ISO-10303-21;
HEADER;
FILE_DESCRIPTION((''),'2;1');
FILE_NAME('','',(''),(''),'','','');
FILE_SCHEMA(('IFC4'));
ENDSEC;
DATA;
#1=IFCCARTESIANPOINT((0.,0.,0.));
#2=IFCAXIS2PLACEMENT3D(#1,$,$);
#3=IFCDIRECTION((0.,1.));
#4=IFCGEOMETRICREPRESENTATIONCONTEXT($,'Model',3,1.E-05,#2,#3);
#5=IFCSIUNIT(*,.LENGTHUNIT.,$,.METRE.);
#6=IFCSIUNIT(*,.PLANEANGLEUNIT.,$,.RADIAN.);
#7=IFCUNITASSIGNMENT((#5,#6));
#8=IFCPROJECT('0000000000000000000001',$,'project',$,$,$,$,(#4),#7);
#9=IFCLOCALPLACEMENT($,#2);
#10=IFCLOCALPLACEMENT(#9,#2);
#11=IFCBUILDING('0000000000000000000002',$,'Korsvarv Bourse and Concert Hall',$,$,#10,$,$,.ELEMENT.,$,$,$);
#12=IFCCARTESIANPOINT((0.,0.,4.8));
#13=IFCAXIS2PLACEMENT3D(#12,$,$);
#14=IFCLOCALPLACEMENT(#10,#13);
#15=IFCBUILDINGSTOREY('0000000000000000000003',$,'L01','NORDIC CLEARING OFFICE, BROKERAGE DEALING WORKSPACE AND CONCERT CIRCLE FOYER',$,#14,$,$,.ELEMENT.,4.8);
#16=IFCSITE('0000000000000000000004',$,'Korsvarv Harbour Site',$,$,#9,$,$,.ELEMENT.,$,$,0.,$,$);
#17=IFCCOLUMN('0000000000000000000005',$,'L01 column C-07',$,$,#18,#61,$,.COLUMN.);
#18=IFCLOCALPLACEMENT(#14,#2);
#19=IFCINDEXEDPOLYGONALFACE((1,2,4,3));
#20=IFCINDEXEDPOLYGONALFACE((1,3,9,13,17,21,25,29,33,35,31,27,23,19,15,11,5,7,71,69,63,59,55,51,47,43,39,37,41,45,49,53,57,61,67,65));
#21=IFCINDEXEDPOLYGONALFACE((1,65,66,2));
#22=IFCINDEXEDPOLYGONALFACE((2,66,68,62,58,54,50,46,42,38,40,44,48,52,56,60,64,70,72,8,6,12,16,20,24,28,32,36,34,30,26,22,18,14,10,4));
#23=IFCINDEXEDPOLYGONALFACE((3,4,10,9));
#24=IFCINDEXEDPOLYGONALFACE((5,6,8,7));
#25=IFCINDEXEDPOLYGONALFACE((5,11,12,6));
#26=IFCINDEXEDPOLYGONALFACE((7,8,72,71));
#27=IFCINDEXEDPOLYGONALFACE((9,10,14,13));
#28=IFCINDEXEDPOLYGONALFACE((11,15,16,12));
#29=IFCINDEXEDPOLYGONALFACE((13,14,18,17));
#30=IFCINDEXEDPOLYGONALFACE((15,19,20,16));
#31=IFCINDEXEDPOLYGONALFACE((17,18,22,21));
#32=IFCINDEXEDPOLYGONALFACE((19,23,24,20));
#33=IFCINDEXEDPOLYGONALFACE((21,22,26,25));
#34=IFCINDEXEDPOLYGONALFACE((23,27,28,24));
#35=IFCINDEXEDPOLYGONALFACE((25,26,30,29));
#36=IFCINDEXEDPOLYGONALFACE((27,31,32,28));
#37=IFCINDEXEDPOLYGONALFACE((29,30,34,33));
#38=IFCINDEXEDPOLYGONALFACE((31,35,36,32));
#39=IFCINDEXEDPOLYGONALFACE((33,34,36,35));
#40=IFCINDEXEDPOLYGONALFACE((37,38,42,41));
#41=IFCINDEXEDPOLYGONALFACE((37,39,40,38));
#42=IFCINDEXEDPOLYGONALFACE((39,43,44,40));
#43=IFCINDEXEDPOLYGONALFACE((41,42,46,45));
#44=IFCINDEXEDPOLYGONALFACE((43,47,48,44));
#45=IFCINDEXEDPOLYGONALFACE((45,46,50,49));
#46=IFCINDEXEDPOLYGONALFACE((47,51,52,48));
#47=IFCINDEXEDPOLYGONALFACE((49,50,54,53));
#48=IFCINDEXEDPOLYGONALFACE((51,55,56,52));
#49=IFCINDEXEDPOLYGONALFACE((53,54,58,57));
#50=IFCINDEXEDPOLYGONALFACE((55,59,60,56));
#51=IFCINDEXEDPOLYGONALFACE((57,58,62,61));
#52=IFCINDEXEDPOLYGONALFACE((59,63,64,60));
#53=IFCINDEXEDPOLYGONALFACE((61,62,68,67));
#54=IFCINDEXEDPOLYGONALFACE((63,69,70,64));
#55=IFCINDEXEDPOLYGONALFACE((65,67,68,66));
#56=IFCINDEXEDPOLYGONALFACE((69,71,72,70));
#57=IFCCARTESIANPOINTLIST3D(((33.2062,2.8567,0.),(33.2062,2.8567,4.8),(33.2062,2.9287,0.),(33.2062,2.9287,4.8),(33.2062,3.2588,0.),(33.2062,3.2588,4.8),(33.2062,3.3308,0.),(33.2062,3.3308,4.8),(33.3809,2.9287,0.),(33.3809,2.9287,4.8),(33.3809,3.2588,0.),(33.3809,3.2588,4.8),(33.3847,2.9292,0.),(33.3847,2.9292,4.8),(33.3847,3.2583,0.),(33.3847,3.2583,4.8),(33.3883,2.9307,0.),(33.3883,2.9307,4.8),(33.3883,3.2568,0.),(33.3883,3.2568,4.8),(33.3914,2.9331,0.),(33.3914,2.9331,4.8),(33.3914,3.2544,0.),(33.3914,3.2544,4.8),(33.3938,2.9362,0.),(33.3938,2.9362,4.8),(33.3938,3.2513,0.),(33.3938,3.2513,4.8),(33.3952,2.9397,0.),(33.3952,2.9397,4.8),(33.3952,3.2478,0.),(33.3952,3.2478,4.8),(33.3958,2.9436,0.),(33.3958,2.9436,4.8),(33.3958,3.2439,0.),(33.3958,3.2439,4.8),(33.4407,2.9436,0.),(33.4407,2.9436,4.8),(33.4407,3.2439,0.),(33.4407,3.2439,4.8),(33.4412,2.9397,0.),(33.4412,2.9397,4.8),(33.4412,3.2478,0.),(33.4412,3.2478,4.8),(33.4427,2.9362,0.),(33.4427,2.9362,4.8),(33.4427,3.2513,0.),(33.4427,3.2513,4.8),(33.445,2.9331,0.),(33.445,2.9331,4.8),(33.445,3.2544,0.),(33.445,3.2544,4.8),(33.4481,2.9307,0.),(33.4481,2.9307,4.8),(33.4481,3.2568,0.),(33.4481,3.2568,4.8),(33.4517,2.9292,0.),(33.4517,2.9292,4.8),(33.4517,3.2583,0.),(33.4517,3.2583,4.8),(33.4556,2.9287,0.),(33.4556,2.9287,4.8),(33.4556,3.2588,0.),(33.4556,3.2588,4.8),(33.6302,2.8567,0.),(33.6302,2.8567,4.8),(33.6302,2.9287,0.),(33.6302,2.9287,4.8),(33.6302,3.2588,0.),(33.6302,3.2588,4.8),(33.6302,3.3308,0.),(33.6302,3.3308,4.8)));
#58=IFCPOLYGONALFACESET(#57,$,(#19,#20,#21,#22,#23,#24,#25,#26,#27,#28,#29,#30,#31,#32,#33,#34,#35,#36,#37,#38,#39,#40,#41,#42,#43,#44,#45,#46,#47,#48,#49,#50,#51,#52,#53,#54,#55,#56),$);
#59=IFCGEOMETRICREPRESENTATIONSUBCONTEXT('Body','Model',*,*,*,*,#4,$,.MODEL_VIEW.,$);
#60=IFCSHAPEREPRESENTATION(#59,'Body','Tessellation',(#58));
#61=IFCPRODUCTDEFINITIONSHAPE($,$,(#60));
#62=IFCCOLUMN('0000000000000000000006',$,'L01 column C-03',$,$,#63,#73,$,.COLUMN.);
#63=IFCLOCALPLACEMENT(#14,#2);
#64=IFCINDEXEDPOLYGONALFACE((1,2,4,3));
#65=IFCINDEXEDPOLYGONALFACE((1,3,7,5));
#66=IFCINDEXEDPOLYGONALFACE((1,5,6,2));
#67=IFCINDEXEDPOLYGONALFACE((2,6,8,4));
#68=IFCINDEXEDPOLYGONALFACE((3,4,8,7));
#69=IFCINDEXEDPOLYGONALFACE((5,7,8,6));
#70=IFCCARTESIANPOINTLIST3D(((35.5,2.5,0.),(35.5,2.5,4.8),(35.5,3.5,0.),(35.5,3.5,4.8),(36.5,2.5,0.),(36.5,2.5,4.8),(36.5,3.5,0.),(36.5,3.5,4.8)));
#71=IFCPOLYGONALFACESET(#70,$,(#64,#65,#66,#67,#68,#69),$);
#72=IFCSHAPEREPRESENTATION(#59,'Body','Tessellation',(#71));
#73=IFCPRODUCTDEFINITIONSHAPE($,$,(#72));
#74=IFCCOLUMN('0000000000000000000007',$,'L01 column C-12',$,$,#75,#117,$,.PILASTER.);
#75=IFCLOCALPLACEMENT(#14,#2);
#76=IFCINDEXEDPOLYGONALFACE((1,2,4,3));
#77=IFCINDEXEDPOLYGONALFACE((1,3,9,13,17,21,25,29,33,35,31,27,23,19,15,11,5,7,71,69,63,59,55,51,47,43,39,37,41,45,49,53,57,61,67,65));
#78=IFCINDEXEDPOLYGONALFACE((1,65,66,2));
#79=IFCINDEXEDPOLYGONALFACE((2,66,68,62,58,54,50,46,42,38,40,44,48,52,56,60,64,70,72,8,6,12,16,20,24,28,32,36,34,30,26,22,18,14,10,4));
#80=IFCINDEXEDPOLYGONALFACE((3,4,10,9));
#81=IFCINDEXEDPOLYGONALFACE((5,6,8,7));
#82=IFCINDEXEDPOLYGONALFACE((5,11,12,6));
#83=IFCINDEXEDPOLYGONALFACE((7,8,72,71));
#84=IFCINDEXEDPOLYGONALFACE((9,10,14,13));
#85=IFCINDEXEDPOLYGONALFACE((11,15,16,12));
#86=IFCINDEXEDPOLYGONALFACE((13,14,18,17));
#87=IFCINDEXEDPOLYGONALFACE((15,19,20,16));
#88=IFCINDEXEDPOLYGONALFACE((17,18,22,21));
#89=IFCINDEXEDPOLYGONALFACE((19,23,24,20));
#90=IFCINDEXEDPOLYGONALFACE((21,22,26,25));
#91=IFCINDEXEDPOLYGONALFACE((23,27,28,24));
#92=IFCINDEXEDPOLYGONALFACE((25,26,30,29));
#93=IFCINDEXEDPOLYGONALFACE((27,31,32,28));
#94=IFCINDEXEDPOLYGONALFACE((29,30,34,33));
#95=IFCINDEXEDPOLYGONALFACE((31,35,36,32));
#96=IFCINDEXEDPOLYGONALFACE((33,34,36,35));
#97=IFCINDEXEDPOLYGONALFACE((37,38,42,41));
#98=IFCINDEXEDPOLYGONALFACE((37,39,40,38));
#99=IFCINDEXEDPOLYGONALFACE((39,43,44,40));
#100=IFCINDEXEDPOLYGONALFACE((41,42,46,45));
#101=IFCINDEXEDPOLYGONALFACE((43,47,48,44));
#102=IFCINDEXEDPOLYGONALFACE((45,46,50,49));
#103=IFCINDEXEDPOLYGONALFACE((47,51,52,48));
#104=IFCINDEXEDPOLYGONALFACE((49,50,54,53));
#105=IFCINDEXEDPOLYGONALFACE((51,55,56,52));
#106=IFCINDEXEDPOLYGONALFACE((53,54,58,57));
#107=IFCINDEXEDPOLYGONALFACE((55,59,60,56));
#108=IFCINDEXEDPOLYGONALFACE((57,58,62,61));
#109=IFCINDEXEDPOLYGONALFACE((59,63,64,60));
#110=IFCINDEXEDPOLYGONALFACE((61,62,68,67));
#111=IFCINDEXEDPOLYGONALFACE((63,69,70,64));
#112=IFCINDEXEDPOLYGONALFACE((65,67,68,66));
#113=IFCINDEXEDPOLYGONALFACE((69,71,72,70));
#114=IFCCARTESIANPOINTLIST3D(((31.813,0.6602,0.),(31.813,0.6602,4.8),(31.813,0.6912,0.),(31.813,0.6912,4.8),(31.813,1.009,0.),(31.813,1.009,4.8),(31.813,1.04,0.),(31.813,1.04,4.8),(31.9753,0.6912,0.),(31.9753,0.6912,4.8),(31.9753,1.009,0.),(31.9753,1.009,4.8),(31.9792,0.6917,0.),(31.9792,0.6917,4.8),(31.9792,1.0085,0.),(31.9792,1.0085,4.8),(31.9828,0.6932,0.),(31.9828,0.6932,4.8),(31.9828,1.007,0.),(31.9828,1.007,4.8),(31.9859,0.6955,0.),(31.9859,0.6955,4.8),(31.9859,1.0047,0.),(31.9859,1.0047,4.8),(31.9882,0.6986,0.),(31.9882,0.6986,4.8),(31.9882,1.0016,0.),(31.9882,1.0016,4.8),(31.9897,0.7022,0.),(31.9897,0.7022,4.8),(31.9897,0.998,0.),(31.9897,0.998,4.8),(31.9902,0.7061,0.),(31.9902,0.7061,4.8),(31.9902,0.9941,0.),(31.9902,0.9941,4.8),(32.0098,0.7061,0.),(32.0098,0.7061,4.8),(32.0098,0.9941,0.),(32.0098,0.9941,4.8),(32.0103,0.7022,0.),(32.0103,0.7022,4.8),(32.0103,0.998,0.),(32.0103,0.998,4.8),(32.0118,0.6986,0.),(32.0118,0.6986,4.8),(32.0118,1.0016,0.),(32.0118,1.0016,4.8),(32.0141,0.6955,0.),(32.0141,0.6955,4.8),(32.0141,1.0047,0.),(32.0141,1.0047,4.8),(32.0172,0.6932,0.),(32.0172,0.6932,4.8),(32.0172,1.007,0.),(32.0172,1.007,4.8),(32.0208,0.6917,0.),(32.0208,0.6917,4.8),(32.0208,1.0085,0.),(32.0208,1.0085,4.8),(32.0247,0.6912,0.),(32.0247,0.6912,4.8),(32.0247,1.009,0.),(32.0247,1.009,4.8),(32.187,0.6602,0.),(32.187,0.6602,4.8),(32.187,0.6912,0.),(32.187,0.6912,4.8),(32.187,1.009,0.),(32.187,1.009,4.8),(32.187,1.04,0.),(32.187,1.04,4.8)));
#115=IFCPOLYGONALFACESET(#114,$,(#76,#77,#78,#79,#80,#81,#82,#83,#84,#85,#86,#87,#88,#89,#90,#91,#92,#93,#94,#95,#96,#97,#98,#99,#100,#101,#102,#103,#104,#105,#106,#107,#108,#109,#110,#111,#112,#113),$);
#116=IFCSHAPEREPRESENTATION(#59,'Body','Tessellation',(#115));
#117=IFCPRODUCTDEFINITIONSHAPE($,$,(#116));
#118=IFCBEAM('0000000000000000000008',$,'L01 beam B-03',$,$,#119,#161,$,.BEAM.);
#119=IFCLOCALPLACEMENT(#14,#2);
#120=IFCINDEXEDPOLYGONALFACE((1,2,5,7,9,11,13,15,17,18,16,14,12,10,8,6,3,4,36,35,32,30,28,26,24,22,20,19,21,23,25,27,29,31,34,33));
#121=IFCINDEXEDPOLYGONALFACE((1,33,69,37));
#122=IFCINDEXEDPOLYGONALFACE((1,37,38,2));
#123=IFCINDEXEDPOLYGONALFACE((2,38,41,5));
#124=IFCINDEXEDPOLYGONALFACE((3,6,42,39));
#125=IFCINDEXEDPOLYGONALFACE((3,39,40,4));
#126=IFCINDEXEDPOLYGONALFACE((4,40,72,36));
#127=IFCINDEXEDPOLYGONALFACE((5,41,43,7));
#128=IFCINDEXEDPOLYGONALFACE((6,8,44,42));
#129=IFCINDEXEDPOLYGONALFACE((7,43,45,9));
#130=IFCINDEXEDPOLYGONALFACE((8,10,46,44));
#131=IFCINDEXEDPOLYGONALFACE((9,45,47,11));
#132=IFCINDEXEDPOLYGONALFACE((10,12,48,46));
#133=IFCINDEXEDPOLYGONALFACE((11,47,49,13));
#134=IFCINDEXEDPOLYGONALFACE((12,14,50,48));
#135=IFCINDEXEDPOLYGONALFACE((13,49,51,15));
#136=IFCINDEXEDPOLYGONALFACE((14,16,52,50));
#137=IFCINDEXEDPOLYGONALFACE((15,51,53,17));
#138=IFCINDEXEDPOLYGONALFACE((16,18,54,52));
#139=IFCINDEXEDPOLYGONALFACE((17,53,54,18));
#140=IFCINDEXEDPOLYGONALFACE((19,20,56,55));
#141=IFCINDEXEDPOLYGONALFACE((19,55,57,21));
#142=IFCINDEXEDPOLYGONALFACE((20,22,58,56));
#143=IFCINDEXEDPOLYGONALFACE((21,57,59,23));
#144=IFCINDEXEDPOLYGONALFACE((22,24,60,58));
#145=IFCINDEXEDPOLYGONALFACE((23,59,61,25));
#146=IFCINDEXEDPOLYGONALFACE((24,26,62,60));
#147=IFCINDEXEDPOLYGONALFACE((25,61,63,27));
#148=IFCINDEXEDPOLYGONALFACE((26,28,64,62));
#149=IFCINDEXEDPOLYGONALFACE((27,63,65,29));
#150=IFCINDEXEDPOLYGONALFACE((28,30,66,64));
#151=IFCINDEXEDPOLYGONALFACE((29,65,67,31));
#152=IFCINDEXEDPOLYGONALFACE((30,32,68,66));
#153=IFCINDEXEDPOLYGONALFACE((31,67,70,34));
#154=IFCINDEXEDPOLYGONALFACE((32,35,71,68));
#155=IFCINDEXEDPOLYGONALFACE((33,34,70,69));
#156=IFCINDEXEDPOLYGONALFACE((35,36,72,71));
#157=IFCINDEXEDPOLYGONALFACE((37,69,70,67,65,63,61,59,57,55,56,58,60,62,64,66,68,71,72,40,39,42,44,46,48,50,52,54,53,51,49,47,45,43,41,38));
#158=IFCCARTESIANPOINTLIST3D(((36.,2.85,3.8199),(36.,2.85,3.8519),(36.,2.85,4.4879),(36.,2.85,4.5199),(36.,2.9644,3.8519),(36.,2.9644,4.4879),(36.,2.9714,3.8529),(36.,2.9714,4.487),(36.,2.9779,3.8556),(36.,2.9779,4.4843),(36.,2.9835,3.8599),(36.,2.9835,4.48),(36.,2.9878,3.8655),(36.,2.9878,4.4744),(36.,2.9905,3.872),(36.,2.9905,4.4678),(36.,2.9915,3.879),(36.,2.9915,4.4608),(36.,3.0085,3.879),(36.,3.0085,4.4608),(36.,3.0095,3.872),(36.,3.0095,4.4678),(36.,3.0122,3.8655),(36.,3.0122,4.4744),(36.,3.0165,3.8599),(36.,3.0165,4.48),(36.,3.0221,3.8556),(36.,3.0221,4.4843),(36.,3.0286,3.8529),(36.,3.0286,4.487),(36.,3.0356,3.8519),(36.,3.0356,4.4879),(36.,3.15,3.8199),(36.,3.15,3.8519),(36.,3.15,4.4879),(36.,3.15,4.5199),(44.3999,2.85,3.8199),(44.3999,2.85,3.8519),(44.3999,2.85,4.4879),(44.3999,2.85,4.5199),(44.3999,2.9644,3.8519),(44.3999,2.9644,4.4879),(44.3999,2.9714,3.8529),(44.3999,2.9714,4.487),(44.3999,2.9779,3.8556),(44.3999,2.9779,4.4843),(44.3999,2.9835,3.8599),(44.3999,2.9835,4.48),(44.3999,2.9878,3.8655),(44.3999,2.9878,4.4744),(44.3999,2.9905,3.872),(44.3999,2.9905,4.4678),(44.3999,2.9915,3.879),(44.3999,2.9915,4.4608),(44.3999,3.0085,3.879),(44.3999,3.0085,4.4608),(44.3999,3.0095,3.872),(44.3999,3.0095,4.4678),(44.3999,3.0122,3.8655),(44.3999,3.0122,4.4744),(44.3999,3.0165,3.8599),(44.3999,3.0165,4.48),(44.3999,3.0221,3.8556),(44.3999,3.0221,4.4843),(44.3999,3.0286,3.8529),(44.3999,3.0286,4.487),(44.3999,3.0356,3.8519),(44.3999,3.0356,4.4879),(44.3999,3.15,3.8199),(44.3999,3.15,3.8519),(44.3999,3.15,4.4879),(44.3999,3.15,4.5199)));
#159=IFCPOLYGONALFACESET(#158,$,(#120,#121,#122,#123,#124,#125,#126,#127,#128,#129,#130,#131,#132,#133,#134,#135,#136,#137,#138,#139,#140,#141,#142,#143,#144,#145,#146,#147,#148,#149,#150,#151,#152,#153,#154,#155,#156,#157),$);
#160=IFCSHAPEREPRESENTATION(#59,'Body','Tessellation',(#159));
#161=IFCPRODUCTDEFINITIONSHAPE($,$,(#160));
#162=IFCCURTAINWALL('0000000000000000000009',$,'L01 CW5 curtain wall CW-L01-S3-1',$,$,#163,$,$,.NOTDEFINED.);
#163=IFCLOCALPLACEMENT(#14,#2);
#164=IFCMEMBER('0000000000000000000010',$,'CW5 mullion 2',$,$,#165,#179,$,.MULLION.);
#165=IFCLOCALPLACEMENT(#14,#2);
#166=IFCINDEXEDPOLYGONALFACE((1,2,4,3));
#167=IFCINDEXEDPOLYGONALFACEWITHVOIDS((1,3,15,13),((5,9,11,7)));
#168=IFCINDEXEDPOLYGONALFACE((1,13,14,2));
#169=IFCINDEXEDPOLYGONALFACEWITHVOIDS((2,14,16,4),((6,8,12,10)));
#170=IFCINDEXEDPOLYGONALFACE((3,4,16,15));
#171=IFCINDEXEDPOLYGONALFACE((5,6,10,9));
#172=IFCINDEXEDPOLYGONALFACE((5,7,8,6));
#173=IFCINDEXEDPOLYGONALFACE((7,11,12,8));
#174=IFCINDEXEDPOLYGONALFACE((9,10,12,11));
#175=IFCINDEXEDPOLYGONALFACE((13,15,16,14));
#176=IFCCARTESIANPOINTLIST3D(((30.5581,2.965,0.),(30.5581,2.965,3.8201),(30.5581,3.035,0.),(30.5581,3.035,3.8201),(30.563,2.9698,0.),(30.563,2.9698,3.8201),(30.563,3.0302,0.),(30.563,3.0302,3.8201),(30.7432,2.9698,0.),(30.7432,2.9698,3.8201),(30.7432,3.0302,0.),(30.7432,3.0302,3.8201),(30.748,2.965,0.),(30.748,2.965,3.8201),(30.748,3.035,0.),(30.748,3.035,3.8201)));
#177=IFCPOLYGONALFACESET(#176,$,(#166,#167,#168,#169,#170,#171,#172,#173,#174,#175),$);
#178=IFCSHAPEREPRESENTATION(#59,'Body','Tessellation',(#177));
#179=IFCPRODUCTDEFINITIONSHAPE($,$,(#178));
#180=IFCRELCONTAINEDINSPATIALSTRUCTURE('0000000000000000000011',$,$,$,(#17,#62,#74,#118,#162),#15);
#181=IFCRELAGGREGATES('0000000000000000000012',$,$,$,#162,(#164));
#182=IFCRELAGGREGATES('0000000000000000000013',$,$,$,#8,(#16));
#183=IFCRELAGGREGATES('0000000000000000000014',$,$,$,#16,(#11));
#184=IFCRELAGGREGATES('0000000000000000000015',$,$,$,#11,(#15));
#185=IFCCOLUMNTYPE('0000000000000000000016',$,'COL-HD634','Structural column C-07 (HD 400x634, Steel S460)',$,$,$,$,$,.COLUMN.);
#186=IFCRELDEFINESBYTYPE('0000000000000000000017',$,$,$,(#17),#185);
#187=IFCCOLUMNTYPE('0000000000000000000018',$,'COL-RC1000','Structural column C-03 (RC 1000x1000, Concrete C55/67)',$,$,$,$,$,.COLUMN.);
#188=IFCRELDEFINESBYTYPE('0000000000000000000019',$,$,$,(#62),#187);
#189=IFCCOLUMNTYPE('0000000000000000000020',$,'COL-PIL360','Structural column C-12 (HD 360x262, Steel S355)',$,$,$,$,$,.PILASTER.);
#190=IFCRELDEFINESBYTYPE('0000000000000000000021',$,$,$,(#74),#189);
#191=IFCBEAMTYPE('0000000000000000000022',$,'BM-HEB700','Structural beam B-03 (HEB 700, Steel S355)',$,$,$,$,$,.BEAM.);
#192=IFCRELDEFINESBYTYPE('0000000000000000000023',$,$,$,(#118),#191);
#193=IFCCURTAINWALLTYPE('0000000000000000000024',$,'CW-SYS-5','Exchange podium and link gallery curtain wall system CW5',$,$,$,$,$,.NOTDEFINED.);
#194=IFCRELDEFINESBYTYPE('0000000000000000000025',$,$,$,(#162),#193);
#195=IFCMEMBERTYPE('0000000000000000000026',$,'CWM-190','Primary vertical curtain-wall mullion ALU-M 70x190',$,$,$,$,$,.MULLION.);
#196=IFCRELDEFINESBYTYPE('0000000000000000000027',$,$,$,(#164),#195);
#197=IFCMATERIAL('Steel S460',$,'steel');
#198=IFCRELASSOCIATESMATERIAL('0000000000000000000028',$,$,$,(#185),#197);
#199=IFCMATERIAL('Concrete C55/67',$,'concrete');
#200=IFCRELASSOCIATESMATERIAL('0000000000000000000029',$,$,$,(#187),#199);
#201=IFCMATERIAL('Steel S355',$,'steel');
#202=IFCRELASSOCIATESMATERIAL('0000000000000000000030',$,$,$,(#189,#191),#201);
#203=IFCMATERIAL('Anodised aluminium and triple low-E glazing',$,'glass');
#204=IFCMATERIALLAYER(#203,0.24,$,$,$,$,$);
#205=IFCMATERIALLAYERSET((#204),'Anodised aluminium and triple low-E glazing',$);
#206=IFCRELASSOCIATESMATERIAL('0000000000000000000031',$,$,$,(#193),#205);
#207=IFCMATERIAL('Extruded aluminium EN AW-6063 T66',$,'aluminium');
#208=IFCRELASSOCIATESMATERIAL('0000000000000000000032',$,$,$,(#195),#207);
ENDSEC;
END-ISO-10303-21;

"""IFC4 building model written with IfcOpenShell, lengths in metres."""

from ifc_helpers import new_model, si_unit, direction, frame, origin, origin_2d, place, context, subcontext, project, spatial, rectangle, hollow_rectangle, i_section, extrude, source, transform, mapped, material, layer, layer_set, material_profile, profile_set, type_object, element, aggregate, save


model = new_model("IFC4")

# Units and contexts
model_context = context("Model", 3, precision=1e-05, world=origin(), true_north=direction((0.0, 1.0)))
body_context = subcontext(model_context, "Body", "Model", "MODEL_VIEW")
ifc_project = project(units=[si_unit("LENGTHUNIT", "METRE"), si_unit("PLANEANGLEUNIT", "RADIAN")], contexts=[model_context])

# Site, building, storey
site_placement = place(None, origin())
site = spatial("IfcSite", under=ifc_project, at=site_placement, Name="Korsvarv Harbour Site", CompositionType="ELEMENT", RefElevation=0.0)
building_placement = place(site_placement, origin())
building = spatial("IfcBuilding", under=site, at=building_placement, Name="Korsvarv Bourse and Concert Hall", CompositionType="ELEMENT")
storey_placement = place(building_placement, frame((0.0, 0.0, 4.8)))
storey = spatial("IfcBuildingStorey", under=building, at=storey_placement, Name="L01", Description="NORDIC CLEARING OFFICE, BROKERAGE DEALING WORKSPACE AND CONCERT CIRCLE FOYER", CompositionType="ELEMENT", Elevation=4.8)

# Columns
ifc_material_1 = material(Name="Steel S460", Category="steel")
ifc_material_profile_1 = material_profile(ifc_material_1, i_section(OverallWidth=0.4241, OverallDepth=0.4741, WebThickness=0.0449, FlangeThickness=0.072, FilletRadius=0.0149, at=origin_2d()), Name="HD 400x634")
ifc_profile_set_1 = profile_set([ifc_material_profile_1], Name="Steel S460")
column_type_1 = type_object("IfcColumnType", Name="COL-HD634", Description="Structural column C-07 (HD 400x634, Steel S460)", PredefinedType="COLUMN", material=ifc_profile_set_1)
shared_shape_1 = source(origin(), body_context, "Body", "SweptSolid", [
    extrude(i_section(OverallWidth=0.4241, OverallDepth=0.4741, WebThickness=0.0449, FlangeThickness=0.072, FilletRadius=0.0149, at=origin_2d()), origin(), (0.0, 0.0, 1.0), 4.8),
])
column_1_placement = place(storey_placement, frame((33.4182, 3.0938, 0.0), z_axis=(0.0, 0.0, 1.0), x_axis=(1.0, 0.0, 0.0)))
element("IfcColumn", 1, at=column_1_placement, inside=storey, type_object=column_type_1, Name="L01 column C-07", PredefinedType="COLUMN", context=body_context, shape_type="MappedRepresentation", body=[
    mapped(shared_shape_1, transform((0.0, 0.0, 0.0), scale=1.0)),
])
ifc_material_2 = material(Name="Concrete C55/67", Category="concrete")
ifc_material_profile_2 = material_profile(ifc_material_2, rectangle(XDim=1.0, YDim=1.0, at=origin_2d()), Name="RC 1000x1000")
ifc_profile_set_2 = profile_set([ifc_material_profile_2], Name="Concrete C55/67")
column_type_2 = type_object("IfcColumnType", Name="COL-RC1000", Description="Structural column C-03 (RC 1000x1000, Concrete C55/67)", PredefinedType="COLUMN", material=ifc_profile_set_2)
shared_shape_2 = source(origin(), body_context, "Body", "SweptSolid", [
    extrude(rectangle(XDim=1.0, YDim=1.0, at=origin_2d()), origin(), (0.0, 0.0, 1.0), 4.8),
])
column_2_placement = place(storey_placement, frame((36.0, 3.0, 0.0), z_axis=(0.0, 0.0, 1.0), x_axis=(1.0, 0.0, 0.0)))
element("IfcColumn", 2, at=column_2_placement, inside=storey, type_object=column_type_2, Name="L01 column C-03", PredefinedType="COLUMN", context=body_context, shape_type="MappedRepresentation", body=[
    mapped(shared_shape_2, transform((0.0, 0.0, 0.0), scale=1.0)),
])
ifc_material_3 = material(Name="Steel S355", Category="steel")
ifc_material_profile_3 = material_profile(ifc_material_3, i_section(OverallWidth=0.374, OverallDepth=0.3799, WebThickness=0.0195, FlangeThickness=0.031, FilletRadius=0.0149, at=origin_2d()), Name="HD 360x262")
ifc_profile_set_3 = profile_set([ifc_material_profile_3], Name="Steel S355")
column_type_3 = type_object("IfcColumnType", Name="COL-PIL360", Description="Structural column C-12 (HD 360x262, Steel S355)", PredefinedType="PILASTER", material=ifc_profile_set_3)
shared_shape_3 = source(origin(), body_context, "Body", "SweptSolid", [
    extrude(i_section(OverallWidth=0.374, OverallDepth=0.3799, WebThickness=0.0195, FlangeThickness=0.031, FilletRadius=0.0149, at=origin_2d()), origin(), (0.0, 0.0, 1.0), 4.8),
])
column_3_placement = place(storey_placement, frame((32.0, 0.8501, 0.0), z_axis=(0.0, 0.0, 1.0), x_axis=(1.0, 0.0, 0.0)))
element("IfcColumn", 3, at=column_3_placement, inside=storey, type_object=column_type_3, Name="L01 column C-12", PredefinedType="PILASTER", context=body_context, shape_type="MappedRepresentation", body=[
    mapped(shared_shape_3, transform((0.0, 0.0, 0.0), scale=1.0)),
])

# Beam
ifc_material_profile_4 = material_profile(ifc_material_3, i_section(OverallWidth=0.3, OverallDepth=0.7, WebThickness=0.0171, FlangeThickness=0.032, FilletRadius=0.0271, at=origin_2d()), Name="HEB 700")
ifc_profile_set_4 = profile_set([ifc_material_profile_4], Name="Steel S355")
beam_type = type_object("IfcBeamType", Name="BM-HEB700", Description="Structural beam B-03 (HEB 700, Steel S355)", PredefinedType="BEAM", material=ifc_profile_set_4)
shared_shape_4 = source(origin(), body_context, "Body", "SweptSolid", [
    extrude(i_section(OverallWidth=0.3, OverallDepth=0.7, WebThickness=0.0171, FlangeThickness=0.032, FilletRadius=0.0271, at=origin_2d()), origin(), (0.0, 0.0, 1.0), 8.3999),
])
beam_placement = place(storey_placement, frame((36.0, 3.0, 4.1699), z_axis=(1.0, 0.0, 0.0), x_axis=(0.0, 1.0, 0.0)))
element("IfcBeam", 4, at=beam_placement, inside=storey, type_object=beam_type, Name="L01 beam B-03", PredefinedType="BEAM", context=body_context, shape_type="MappedRepresentation", body=[
    mapped(shared_shape_4, transform((0.0, 0.0, 0.0), scale=1.0)),
])

# Curtain wall, member
ifc_material_4 = material(Name="Anodised aluminium and triple low-E glazing", Category="glass")
ifc_layer_1 = layer(ifc_material_4, 0.24)
ifc_layer_set_1 = layer_set([ifc_layer_1], Name="Anodised aluminium and triple low-E glazing")
curtain_wall_type = type_object("IfcCurtainWallType", Name="CW-SYS-5", Description="Exchange podium and link gallery curtain wall system CW5", PredefinedType="NOTDEFINED", material=ifc_layer_set_1)
curtain_wall_1_placement = place(storey_placement, origin())
curtain_wall_1 = element("IfcCurtainWall", 5, at=curtain_wall_1_placement, inside=storey, type_object=curtain_wall_type, Name="L01 CW5 curtain wall CW-L01-S3-1", PredefinedType="NOTDEFINED")
ifc_material_5 = material(Name="Extruded aluminium EN AW-6063 T66", Category="aluminium")
ifc_material_profile_5 = material_profile(ifc_material_5, hollow_rectangle(XDim=0.0701, YDim=0.1899, WallThickness=0.0049, at=origin_2d()), Name="ALU-M 70x190")
ifc_profile_set_5 = profile_set([ifc_material_profile_5], Name="Extruded aluminium EN AW-6063 T66")
member_type_1 = type_object("IfcMemberType", Name="CWM-190", Description="Primary vertical curtain-wall mullion ALU-M 70x190", PredefinedType="MULLION", material=ifc_profile_set_5)
shared_shape_5 = source(origin(), body_context, "Body", "SweptSolid", [
    extrude(hollow_rectangle(XDim=0.0701, YDim=0.1899, WallThickness=0.0049, at=origin_2d()), origin(), (0.0, 0.0, 1.0), 3.8201),
])
member_1_placement = place(storey_placement, frame((30.6531, 3.0, 0.0), z_axis=(0.0, 0.0, 1.0), x_axis=(0.0, 1.0, 0.0)))
member_1 = element("IfcMember", 6, at=member_1_placement, type_object=member_type_1, Name="CW5 mullion 2", PredefinedType="MULLION", context=body_context, shape_type="MappedRepresentation", body=[
    mapped(shared_shape_5, transform((0.0, 0.0, 0.0), scale=1.0)),
])

aggregate(curtain_wall_1, [member_1])

save(model, "model.ifc")
